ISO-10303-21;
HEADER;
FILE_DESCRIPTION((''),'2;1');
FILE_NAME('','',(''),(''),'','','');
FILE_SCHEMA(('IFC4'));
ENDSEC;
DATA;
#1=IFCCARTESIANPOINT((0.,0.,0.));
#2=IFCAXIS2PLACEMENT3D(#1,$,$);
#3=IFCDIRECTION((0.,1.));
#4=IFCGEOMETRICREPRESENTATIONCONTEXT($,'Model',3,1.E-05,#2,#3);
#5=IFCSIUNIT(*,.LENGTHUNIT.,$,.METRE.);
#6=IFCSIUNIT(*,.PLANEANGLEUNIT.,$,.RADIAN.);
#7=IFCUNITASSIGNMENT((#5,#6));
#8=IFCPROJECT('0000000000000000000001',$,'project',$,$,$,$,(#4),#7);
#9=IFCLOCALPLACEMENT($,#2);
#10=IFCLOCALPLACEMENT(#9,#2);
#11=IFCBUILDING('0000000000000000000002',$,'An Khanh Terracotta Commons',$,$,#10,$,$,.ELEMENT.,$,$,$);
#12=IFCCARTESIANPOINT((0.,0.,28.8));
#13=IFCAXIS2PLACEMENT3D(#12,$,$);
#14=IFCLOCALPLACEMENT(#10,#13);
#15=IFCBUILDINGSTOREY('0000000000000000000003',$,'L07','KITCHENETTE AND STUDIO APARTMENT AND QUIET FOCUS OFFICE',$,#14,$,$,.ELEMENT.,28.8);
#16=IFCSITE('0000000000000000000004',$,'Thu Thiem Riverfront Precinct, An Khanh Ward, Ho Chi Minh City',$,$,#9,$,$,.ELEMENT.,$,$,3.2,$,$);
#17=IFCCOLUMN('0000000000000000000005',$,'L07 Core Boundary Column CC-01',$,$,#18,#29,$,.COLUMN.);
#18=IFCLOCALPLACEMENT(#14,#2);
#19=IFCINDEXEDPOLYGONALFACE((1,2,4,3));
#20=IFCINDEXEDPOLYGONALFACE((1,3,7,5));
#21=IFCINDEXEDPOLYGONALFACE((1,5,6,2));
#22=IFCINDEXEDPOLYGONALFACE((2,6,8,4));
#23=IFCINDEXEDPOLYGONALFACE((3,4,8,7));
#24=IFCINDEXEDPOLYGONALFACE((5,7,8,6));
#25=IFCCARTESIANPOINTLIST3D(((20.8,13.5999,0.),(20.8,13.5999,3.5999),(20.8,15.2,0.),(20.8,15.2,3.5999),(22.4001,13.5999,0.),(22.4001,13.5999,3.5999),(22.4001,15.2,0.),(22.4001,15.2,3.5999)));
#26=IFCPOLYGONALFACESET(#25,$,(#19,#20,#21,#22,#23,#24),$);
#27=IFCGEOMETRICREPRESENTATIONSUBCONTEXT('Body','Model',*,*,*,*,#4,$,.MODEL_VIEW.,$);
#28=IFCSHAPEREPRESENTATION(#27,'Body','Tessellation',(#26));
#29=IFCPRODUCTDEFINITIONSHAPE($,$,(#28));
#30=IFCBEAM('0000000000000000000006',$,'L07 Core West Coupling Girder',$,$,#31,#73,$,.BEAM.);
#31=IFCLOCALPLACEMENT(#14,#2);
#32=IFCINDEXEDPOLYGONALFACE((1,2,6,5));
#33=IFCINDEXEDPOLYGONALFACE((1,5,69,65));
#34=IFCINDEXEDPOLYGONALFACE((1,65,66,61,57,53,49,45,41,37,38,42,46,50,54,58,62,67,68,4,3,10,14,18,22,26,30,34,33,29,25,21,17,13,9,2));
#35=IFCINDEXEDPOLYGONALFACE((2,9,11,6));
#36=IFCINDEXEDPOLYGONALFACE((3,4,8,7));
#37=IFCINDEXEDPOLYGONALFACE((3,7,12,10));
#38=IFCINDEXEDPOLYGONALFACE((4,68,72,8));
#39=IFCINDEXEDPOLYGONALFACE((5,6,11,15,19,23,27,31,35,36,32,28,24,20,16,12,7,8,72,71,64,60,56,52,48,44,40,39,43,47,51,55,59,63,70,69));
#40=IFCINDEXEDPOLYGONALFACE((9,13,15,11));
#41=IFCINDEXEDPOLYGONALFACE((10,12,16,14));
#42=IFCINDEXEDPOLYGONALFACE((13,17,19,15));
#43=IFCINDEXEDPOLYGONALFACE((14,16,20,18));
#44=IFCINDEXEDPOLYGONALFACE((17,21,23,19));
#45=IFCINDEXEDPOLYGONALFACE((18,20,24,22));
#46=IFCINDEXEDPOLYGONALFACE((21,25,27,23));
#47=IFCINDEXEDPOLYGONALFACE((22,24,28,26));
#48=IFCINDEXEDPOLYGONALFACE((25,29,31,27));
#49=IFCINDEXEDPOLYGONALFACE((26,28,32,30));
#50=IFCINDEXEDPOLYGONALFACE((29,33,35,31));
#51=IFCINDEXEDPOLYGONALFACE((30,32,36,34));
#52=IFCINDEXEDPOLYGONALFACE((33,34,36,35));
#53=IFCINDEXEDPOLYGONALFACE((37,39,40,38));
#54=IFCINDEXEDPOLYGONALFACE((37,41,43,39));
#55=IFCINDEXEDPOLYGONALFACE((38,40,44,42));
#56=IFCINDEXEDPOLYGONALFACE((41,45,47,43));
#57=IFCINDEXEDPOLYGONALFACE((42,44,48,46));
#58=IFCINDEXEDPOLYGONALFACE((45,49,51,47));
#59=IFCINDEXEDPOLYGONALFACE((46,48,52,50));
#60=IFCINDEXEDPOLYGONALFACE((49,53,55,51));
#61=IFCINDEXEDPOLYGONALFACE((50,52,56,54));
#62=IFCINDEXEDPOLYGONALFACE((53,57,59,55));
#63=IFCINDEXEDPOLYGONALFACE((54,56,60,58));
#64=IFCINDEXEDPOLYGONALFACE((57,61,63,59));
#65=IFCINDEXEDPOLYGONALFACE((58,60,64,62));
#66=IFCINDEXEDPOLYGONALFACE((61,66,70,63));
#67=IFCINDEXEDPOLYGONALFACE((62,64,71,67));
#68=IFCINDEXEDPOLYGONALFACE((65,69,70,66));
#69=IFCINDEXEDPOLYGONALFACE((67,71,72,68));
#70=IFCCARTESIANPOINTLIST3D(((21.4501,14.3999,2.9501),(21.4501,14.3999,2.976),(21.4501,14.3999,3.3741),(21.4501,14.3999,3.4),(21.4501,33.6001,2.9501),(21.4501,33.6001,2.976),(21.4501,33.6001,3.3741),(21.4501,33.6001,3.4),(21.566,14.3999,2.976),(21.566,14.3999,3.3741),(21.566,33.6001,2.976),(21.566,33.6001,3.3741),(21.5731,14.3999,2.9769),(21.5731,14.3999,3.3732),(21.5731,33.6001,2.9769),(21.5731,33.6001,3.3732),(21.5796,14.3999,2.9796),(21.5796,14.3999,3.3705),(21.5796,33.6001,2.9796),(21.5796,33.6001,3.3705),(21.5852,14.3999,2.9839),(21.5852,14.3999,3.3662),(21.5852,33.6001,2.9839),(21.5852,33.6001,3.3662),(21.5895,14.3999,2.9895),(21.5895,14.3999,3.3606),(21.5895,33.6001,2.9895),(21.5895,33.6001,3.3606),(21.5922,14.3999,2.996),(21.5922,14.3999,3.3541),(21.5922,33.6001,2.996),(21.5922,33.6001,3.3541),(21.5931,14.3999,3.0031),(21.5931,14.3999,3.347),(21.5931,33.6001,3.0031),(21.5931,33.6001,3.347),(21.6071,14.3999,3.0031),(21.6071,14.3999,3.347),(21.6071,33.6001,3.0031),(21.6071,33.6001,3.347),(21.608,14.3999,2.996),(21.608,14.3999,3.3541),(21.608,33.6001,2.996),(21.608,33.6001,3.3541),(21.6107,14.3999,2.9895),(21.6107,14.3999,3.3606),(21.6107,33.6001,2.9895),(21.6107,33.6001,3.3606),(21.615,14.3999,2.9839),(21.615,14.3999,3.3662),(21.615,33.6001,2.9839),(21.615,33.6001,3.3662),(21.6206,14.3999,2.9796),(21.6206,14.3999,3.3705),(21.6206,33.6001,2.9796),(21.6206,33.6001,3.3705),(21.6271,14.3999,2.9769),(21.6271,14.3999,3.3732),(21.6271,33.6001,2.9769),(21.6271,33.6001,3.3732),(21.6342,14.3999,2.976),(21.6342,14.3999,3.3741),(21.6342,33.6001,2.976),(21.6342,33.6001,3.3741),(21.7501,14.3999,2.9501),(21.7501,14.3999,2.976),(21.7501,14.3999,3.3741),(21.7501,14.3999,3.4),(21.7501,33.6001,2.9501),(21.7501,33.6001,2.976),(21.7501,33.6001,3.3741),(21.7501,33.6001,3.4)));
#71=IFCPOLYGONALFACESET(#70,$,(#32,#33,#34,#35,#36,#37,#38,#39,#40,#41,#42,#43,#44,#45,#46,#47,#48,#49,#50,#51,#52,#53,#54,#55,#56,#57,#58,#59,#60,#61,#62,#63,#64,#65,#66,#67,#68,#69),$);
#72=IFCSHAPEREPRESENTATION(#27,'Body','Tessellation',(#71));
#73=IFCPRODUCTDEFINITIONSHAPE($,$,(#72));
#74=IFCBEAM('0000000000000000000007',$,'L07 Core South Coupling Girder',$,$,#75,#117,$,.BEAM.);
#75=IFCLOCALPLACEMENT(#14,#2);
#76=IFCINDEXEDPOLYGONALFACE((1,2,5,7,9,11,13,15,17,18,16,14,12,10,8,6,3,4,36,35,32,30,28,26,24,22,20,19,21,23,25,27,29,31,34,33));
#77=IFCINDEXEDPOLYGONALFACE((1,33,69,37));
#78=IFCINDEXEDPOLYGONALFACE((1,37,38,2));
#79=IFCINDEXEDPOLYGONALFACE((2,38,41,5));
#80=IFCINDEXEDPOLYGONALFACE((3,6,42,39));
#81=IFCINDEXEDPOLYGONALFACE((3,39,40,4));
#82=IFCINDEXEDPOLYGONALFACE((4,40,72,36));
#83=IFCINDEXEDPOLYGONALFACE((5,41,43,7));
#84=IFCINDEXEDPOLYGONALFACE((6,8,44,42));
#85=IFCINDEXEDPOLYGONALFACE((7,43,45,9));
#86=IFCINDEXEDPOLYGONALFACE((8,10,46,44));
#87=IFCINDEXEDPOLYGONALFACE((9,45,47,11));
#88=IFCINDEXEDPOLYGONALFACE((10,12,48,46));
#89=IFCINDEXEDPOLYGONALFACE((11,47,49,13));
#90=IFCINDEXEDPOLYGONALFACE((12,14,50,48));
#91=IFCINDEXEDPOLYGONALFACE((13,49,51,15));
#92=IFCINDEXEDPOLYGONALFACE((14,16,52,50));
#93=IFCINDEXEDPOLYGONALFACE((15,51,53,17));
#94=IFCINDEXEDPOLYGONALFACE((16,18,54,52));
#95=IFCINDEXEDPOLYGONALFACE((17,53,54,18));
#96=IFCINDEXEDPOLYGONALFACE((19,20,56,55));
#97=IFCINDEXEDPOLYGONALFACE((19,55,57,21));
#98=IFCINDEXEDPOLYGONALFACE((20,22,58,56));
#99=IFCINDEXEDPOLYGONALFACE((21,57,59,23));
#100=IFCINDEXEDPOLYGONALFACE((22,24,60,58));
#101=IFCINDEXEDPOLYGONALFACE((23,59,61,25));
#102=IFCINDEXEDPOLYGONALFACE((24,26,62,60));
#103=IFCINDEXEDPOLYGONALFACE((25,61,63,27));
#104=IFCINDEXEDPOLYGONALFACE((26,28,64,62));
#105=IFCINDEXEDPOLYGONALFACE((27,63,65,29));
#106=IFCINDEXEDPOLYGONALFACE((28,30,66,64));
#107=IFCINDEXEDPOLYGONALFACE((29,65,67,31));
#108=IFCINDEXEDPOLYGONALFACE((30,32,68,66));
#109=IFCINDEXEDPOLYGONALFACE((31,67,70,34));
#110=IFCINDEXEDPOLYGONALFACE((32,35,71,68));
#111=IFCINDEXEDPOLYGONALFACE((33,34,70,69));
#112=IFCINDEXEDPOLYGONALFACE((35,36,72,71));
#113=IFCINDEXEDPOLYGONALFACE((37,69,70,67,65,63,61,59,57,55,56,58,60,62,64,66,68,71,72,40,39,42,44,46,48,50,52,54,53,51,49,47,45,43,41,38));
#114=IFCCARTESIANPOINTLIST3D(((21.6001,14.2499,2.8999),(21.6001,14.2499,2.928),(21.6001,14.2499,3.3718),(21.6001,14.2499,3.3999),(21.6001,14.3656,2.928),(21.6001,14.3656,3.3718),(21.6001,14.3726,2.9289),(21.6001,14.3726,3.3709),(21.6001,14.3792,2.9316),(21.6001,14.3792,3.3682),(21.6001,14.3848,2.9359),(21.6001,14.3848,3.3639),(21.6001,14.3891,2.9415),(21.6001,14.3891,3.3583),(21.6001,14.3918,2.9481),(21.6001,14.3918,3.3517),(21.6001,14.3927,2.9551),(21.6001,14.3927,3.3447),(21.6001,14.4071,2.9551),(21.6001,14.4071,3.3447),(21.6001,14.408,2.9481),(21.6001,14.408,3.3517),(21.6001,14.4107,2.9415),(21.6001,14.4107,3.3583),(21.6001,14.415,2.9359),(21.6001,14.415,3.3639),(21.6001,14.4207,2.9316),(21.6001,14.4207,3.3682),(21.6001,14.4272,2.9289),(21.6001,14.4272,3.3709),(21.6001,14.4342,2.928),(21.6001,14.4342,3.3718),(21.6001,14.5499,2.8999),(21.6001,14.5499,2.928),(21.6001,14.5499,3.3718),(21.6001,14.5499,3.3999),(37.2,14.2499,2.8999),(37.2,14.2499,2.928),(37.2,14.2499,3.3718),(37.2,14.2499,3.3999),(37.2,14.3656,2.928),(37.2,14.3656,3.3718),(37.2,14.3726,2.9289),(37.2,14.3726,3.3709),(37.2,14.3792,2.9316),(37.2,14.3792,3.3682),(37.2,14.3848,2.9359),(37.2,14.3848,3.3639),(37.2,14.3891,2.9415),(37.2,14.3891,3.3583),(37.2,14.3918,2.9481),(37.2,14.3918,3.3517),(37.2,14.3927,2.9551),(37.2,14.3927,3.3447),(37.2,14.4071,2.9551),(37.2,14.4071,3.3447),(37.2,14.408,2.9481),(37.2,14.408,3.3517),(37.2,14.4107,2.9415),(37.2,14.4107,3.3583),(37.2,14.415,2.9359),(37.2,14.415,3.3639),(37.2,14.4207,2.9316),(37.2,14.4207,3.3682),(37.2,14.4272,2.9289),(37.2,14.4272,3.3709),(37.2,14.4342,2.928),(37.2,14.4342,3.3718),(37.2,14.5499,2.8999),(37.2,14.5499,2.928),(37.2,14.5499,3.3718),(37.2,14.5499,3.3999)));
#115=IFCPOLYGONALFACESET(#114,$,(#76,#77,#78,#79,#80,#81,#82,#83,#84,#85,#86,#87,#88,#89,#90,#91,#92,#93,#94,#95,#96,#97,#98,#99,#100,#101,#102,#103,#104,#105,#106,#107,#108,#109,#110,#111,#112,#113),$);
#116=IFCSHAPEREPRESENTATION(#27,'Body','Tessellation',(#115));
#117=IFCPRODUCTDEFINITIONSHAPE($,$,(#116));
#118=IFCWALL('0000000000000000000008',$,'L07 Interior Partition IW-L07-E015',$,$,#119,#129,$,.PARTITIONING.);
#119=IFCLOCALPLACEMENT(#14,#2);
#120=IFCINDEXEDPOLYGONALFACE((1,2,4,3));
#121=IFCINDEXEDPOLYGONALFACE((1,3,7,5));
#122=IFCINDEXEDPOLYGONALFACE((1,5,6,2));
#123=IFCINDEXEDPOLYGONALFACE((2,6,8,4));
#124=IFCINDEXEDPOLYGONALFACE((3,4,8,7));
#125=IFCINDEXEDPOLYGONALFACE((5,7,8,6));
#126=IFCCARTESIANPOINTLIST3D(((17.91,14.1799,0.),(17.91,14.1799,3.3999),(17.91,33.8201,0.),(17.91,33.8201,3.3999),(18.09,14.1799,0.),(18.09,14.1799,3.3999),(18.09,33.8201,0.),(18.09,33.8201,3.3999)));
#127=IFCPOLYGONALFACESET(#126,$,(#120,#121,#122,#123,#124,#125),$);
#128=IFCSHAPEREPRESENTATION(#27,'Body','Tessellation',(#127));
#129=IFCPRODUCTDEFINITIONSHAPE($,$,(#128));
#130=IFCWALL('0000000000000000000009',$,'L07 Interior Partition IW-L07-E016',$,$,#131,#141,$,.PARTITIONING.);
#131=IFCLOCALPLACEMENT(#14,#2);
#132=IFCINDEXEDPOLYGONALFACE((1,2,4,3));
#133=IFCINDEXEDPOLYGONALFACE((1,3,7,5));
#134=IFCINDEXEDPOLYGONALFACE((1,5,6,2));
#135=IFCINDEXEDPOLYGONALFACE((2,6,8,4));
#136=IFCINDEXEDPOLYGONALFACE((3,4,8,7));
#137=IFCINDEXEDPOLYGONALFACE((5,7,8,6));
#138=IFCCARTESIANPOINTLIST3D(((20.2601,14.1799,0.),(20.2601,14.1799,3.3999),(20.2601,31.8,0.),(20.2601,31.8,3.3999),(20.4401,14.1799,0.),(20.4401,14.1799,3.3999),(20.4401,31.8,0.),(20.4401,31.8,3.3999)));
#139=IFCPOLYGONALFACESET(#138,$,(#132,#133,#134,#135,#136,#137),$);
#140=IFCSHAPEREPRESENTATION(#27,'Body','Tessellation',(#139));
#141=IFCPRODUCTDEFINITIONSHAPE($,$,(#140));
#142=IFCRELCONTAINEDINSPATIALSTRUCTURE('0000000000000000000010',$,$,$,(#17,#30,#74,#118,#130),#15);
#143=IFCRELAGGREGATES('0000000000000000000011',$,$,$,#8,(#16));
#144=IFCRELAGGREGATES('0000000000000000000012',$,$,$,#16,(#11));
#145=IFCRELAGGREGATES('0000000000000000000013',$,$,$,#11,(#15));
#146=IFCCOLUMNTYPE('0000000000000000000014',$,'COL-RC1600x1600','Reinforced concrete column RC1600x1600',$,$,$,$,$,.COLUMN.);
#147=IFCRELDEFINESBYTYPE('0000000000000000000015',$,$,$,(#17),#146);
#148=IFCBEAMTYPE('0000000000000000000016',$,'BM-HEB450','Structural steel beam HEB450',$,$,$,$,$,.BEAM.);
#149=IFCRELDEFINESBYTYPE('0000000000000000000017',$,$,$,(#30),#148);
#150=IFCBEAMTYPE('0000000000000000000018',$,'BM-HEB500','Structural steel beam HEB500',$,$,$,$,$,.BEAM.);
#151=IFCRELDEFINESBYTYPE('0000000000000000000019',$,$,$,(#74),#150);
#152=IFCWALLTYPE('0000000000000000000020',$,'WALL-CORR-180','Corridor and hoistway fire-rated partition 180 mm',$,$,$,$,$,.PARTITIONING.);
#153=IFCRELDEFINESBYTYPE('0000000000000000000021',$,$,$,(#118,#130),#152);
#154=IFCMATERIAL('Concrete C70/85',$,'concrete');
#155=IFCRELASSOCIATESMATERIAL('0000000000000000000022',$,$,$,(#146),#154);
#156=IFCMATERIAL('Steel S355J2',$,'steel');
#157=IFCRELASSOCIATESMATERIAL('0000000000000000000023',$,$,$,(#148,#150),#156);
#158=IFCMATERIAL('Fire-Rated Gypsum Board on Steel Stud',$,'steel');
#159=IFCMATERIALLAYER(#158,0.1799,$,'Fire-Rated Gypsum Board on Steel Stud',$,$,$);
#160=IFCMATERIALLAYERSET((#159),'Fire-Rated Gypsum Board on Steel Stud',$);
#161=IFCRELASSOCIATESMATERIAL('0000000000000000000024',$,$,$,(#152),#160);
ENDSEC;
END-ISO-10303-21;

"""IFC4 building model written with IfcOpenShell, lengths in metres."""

from ifc_helpers import new_model, si_unit, direction, frame, frame_2d, origin, origin_2d, place, context, subcontext, project, spatial, rectangle, i_section, extrude, material, layer, layer_set, material_profile, profile_set, type_object, element, save


model = new_model("IFC4")

# Units and contexts
model_context = context("Model", 3, precision=1e-05, world=origin(), true_north=direction((0.0, 1.0)))
body_context = subcontext(model_context, "Body", "Model", "MODEL_VIEW")
ifc_project = project(units=[si_unit("LENGTHUNIT", "METRE"), si_unit("PLANEANGLEUNIT", "RADIAN")], contexts=[model_context])

# Site, building, storey
site_placement = place(None, origin())
site = spatial("IfcSite", under=ifc_project, at=site_placement, Name="Thu Thiem Riverfront Precinct, An Khanh Ward, Ho Chi Minh City", CompositionType="ELEMENT", RefElevation=3.2)
building_placement = place(site_placement, origin())
building = spatial("IfcBuilding", under=site, at=building_placement, Name="An Khanh Terracotta Commons", CompositionType="ELEMENT")
storey_placement = place(building_placement, frame((0.0, 0.0, 28.8)))
storey = spatial("IfcBuildingStorey", under=building, at=storey_placement, Name="L07", Description="KITCHENETTE AND STUDIO APARTMENT AND QUIET FOCUS OFFICE", CompositionType="ELEMENT", Elevation=28.8)

# Column
ifc_material_1 = material(Name="Concrete C70/85", Category="concrete")
ifc_material_profile_1 = material_profile(ifc_material_1, rectangle(XDim=1.6001, YDim=1.6001, at=origin_2d()), Name="RC1600x1600")
ifc_profile_set_1 = profile_set([ifc_material_profile_1], Name="Concrete C70/85")
column_type = type_object("IfcColumnType", Name="COL-RC1600x1600", Description="Reinforced concrete column RC1600x1600", PredefinedType="COLUMN", material=ifc_profile_set_1)
column_placement = place(storey_placement, frame((21.6001, 14.3999, 0.0), z_axis=(0.0, 0.0, 1.0), x_axis=(1.0, 0.0, 0.0)))
element("IfcColumn", 1, at=column_placement, inside=storey, type_object=column_type, Name="L07 Core Boundary Column CC-01", PredefinedType="COLUMN", context=body_context, shape_type="SweptSolid", body=[
    extrude(rectangle(XDim=1.6001, YDim=1.6001, at=origin_2d()), origin(), (0.0, 0.0, 1.0), 3.5999),
])

# Beams
ifc_material_2 = material(Name="Steel S355J2", Category="steel")
ifc_material_profile_2 = material_profile(ifc_material_2, i_section(OverallWidth=0.3, OverallDepth=0.45, WebThickness=0.0139, FlangeThickness=0.0259, FilletRadius=0.0271, at=origin_2d()), Name="HEB450")
ifc_profile_set_2 = profile_set([ifc_material_profile_2], Name="Steel S355J2")
beam_type_1 = type_object("IfcBeamType", Name="BM-HEB450", Description="Structural steel beam HEB450", PredefinedType="BEAM", material=ifc_profile_set_2)
beam_1_placement = place(storey_placement, frame((21.6001, 14.3999, 3.175), z_axis=(0.0, 1.0, 0.0), x_axis=(-1.0, 0.0, 0.0)))
element("IfcBeam", 2, at=beam_1_placement, inside=storey, type_object=beam_type_1, Name="L07 Core West Coupling Girder", PredefinedType="BEAM", context=body_context, shape_type="SweptSolid", body=[
    extrude(i_section(OverallWidth=0.3, OverallDepth=0.45, WebThickness=0.0139, FlangeThickness=0.0259, FilletRadius=0.0271, at=origin_2d()), origin(), (0.0, 0.0, 1.0), 19.2002),
])
ifc_material_profile_3 = material_profile(ifc_material_2, i_section(OverallWidth=0.3, OverallDepth=0.5, WebThickness=0.0144, FlangeThickness=0.0281, FilletRadius=0.0271, at=origin_2d()), Name="HEB500")
ifc_profile_set_3 = profile_set([ifc_material_profile_3], Name="Steel S355J2")
beam_type_2 = type_object("IfcBeamType", Name="BM-HEB500", Description="Structural steel beam HEB500", PredefinedType="BEAM", material=ifc_profile_set_3)
beam_2_placement = place(storey_placement, frame((21.6001, 14.3999, 3.1499), z_axis=(1.0, 0.0, 0.0), x_axis=(0.0, 1.0, 0.0)))
element("IfcBeam", 3, at=beam_2_placement, inside=storey, type_object=beam_type_2, Name="L07 Core South Coupling Girder", PredefinedType="BEAM", context=body_context, shape_type="SweptSolid", body=[
    extrude(i_section(OverallWidth=0.3, OverallDepth=0.5, WebThickness=0.0144, FlangeThickness=0.0281, FilletRadius=0.0271, at=origin_2d()), origin(), (0.0, 0.0, 1.0), 15.5999),
])

# Walls
ifc_material_3 = material(Name="Fire-Rated Gypsum Board on Steel Stud", Category="steel")
ifc_layer_1 = layer(ifc_material_3, 0.1799, Name="Fire-Rated Gypsum Board on Steel Stud")
ifc_layer_set_1 = layer_set([ifc_layer_1], Name="Fire-Rated Gypsum Board on Steel Stud")
wall_type_1 = type_object("IfcWallType", Name="WALL-CORR-180", Description="Corridor and hoistway fire-rated partition 180 mm", PredefinedType="PARTITIONING", material=ifc_layer_set_1)
wall_1_placement = place(storey_placement, frame((18.0, 14.1799, 0.0), z_axis=(0.0, 0.0, 1.0), x_axis=(0.0, 1.0, 0.0)))
element("IfcWall", 4, at=wall_1_placement, inside=storey, type_object=wall_type_1, Name="L07 Interior Partition IW-L07-E015", PredefinedType="PARTITIONING", context=body_context, shape_type="SweptSolid", body=[
    extrude(rectangle(XDim=19.6401, YDim=0.1799, at=frame_2d((9.8201, 0.0))), origin(), (0.0, 0.0, 1.0), 3.3999),
])
wall_2_placement = place(storey_placement, frame((20.3501, 14.1799, 0.0), z_axis=(0.0, 0.0, 1.0), x_axis=(0.0, 1.0, 0.0)))
element("IfcWall", 5, at=wall_2_placement, inside=storey, type_object=wall_type_1, Name="L07 Interior Partition IW-L07-E016", PredefinedType="PARTITIONING", context=body_context, shape_type="SweptSolid", body=[
    extrude(rectangle(XDim=17.6201, YDim=0.1799, at=frame_2d((8.8101, 0.0))), origin(), (0.0, 0.0, 1.0), 3.3999),
])

save(model, "model.ifc")
